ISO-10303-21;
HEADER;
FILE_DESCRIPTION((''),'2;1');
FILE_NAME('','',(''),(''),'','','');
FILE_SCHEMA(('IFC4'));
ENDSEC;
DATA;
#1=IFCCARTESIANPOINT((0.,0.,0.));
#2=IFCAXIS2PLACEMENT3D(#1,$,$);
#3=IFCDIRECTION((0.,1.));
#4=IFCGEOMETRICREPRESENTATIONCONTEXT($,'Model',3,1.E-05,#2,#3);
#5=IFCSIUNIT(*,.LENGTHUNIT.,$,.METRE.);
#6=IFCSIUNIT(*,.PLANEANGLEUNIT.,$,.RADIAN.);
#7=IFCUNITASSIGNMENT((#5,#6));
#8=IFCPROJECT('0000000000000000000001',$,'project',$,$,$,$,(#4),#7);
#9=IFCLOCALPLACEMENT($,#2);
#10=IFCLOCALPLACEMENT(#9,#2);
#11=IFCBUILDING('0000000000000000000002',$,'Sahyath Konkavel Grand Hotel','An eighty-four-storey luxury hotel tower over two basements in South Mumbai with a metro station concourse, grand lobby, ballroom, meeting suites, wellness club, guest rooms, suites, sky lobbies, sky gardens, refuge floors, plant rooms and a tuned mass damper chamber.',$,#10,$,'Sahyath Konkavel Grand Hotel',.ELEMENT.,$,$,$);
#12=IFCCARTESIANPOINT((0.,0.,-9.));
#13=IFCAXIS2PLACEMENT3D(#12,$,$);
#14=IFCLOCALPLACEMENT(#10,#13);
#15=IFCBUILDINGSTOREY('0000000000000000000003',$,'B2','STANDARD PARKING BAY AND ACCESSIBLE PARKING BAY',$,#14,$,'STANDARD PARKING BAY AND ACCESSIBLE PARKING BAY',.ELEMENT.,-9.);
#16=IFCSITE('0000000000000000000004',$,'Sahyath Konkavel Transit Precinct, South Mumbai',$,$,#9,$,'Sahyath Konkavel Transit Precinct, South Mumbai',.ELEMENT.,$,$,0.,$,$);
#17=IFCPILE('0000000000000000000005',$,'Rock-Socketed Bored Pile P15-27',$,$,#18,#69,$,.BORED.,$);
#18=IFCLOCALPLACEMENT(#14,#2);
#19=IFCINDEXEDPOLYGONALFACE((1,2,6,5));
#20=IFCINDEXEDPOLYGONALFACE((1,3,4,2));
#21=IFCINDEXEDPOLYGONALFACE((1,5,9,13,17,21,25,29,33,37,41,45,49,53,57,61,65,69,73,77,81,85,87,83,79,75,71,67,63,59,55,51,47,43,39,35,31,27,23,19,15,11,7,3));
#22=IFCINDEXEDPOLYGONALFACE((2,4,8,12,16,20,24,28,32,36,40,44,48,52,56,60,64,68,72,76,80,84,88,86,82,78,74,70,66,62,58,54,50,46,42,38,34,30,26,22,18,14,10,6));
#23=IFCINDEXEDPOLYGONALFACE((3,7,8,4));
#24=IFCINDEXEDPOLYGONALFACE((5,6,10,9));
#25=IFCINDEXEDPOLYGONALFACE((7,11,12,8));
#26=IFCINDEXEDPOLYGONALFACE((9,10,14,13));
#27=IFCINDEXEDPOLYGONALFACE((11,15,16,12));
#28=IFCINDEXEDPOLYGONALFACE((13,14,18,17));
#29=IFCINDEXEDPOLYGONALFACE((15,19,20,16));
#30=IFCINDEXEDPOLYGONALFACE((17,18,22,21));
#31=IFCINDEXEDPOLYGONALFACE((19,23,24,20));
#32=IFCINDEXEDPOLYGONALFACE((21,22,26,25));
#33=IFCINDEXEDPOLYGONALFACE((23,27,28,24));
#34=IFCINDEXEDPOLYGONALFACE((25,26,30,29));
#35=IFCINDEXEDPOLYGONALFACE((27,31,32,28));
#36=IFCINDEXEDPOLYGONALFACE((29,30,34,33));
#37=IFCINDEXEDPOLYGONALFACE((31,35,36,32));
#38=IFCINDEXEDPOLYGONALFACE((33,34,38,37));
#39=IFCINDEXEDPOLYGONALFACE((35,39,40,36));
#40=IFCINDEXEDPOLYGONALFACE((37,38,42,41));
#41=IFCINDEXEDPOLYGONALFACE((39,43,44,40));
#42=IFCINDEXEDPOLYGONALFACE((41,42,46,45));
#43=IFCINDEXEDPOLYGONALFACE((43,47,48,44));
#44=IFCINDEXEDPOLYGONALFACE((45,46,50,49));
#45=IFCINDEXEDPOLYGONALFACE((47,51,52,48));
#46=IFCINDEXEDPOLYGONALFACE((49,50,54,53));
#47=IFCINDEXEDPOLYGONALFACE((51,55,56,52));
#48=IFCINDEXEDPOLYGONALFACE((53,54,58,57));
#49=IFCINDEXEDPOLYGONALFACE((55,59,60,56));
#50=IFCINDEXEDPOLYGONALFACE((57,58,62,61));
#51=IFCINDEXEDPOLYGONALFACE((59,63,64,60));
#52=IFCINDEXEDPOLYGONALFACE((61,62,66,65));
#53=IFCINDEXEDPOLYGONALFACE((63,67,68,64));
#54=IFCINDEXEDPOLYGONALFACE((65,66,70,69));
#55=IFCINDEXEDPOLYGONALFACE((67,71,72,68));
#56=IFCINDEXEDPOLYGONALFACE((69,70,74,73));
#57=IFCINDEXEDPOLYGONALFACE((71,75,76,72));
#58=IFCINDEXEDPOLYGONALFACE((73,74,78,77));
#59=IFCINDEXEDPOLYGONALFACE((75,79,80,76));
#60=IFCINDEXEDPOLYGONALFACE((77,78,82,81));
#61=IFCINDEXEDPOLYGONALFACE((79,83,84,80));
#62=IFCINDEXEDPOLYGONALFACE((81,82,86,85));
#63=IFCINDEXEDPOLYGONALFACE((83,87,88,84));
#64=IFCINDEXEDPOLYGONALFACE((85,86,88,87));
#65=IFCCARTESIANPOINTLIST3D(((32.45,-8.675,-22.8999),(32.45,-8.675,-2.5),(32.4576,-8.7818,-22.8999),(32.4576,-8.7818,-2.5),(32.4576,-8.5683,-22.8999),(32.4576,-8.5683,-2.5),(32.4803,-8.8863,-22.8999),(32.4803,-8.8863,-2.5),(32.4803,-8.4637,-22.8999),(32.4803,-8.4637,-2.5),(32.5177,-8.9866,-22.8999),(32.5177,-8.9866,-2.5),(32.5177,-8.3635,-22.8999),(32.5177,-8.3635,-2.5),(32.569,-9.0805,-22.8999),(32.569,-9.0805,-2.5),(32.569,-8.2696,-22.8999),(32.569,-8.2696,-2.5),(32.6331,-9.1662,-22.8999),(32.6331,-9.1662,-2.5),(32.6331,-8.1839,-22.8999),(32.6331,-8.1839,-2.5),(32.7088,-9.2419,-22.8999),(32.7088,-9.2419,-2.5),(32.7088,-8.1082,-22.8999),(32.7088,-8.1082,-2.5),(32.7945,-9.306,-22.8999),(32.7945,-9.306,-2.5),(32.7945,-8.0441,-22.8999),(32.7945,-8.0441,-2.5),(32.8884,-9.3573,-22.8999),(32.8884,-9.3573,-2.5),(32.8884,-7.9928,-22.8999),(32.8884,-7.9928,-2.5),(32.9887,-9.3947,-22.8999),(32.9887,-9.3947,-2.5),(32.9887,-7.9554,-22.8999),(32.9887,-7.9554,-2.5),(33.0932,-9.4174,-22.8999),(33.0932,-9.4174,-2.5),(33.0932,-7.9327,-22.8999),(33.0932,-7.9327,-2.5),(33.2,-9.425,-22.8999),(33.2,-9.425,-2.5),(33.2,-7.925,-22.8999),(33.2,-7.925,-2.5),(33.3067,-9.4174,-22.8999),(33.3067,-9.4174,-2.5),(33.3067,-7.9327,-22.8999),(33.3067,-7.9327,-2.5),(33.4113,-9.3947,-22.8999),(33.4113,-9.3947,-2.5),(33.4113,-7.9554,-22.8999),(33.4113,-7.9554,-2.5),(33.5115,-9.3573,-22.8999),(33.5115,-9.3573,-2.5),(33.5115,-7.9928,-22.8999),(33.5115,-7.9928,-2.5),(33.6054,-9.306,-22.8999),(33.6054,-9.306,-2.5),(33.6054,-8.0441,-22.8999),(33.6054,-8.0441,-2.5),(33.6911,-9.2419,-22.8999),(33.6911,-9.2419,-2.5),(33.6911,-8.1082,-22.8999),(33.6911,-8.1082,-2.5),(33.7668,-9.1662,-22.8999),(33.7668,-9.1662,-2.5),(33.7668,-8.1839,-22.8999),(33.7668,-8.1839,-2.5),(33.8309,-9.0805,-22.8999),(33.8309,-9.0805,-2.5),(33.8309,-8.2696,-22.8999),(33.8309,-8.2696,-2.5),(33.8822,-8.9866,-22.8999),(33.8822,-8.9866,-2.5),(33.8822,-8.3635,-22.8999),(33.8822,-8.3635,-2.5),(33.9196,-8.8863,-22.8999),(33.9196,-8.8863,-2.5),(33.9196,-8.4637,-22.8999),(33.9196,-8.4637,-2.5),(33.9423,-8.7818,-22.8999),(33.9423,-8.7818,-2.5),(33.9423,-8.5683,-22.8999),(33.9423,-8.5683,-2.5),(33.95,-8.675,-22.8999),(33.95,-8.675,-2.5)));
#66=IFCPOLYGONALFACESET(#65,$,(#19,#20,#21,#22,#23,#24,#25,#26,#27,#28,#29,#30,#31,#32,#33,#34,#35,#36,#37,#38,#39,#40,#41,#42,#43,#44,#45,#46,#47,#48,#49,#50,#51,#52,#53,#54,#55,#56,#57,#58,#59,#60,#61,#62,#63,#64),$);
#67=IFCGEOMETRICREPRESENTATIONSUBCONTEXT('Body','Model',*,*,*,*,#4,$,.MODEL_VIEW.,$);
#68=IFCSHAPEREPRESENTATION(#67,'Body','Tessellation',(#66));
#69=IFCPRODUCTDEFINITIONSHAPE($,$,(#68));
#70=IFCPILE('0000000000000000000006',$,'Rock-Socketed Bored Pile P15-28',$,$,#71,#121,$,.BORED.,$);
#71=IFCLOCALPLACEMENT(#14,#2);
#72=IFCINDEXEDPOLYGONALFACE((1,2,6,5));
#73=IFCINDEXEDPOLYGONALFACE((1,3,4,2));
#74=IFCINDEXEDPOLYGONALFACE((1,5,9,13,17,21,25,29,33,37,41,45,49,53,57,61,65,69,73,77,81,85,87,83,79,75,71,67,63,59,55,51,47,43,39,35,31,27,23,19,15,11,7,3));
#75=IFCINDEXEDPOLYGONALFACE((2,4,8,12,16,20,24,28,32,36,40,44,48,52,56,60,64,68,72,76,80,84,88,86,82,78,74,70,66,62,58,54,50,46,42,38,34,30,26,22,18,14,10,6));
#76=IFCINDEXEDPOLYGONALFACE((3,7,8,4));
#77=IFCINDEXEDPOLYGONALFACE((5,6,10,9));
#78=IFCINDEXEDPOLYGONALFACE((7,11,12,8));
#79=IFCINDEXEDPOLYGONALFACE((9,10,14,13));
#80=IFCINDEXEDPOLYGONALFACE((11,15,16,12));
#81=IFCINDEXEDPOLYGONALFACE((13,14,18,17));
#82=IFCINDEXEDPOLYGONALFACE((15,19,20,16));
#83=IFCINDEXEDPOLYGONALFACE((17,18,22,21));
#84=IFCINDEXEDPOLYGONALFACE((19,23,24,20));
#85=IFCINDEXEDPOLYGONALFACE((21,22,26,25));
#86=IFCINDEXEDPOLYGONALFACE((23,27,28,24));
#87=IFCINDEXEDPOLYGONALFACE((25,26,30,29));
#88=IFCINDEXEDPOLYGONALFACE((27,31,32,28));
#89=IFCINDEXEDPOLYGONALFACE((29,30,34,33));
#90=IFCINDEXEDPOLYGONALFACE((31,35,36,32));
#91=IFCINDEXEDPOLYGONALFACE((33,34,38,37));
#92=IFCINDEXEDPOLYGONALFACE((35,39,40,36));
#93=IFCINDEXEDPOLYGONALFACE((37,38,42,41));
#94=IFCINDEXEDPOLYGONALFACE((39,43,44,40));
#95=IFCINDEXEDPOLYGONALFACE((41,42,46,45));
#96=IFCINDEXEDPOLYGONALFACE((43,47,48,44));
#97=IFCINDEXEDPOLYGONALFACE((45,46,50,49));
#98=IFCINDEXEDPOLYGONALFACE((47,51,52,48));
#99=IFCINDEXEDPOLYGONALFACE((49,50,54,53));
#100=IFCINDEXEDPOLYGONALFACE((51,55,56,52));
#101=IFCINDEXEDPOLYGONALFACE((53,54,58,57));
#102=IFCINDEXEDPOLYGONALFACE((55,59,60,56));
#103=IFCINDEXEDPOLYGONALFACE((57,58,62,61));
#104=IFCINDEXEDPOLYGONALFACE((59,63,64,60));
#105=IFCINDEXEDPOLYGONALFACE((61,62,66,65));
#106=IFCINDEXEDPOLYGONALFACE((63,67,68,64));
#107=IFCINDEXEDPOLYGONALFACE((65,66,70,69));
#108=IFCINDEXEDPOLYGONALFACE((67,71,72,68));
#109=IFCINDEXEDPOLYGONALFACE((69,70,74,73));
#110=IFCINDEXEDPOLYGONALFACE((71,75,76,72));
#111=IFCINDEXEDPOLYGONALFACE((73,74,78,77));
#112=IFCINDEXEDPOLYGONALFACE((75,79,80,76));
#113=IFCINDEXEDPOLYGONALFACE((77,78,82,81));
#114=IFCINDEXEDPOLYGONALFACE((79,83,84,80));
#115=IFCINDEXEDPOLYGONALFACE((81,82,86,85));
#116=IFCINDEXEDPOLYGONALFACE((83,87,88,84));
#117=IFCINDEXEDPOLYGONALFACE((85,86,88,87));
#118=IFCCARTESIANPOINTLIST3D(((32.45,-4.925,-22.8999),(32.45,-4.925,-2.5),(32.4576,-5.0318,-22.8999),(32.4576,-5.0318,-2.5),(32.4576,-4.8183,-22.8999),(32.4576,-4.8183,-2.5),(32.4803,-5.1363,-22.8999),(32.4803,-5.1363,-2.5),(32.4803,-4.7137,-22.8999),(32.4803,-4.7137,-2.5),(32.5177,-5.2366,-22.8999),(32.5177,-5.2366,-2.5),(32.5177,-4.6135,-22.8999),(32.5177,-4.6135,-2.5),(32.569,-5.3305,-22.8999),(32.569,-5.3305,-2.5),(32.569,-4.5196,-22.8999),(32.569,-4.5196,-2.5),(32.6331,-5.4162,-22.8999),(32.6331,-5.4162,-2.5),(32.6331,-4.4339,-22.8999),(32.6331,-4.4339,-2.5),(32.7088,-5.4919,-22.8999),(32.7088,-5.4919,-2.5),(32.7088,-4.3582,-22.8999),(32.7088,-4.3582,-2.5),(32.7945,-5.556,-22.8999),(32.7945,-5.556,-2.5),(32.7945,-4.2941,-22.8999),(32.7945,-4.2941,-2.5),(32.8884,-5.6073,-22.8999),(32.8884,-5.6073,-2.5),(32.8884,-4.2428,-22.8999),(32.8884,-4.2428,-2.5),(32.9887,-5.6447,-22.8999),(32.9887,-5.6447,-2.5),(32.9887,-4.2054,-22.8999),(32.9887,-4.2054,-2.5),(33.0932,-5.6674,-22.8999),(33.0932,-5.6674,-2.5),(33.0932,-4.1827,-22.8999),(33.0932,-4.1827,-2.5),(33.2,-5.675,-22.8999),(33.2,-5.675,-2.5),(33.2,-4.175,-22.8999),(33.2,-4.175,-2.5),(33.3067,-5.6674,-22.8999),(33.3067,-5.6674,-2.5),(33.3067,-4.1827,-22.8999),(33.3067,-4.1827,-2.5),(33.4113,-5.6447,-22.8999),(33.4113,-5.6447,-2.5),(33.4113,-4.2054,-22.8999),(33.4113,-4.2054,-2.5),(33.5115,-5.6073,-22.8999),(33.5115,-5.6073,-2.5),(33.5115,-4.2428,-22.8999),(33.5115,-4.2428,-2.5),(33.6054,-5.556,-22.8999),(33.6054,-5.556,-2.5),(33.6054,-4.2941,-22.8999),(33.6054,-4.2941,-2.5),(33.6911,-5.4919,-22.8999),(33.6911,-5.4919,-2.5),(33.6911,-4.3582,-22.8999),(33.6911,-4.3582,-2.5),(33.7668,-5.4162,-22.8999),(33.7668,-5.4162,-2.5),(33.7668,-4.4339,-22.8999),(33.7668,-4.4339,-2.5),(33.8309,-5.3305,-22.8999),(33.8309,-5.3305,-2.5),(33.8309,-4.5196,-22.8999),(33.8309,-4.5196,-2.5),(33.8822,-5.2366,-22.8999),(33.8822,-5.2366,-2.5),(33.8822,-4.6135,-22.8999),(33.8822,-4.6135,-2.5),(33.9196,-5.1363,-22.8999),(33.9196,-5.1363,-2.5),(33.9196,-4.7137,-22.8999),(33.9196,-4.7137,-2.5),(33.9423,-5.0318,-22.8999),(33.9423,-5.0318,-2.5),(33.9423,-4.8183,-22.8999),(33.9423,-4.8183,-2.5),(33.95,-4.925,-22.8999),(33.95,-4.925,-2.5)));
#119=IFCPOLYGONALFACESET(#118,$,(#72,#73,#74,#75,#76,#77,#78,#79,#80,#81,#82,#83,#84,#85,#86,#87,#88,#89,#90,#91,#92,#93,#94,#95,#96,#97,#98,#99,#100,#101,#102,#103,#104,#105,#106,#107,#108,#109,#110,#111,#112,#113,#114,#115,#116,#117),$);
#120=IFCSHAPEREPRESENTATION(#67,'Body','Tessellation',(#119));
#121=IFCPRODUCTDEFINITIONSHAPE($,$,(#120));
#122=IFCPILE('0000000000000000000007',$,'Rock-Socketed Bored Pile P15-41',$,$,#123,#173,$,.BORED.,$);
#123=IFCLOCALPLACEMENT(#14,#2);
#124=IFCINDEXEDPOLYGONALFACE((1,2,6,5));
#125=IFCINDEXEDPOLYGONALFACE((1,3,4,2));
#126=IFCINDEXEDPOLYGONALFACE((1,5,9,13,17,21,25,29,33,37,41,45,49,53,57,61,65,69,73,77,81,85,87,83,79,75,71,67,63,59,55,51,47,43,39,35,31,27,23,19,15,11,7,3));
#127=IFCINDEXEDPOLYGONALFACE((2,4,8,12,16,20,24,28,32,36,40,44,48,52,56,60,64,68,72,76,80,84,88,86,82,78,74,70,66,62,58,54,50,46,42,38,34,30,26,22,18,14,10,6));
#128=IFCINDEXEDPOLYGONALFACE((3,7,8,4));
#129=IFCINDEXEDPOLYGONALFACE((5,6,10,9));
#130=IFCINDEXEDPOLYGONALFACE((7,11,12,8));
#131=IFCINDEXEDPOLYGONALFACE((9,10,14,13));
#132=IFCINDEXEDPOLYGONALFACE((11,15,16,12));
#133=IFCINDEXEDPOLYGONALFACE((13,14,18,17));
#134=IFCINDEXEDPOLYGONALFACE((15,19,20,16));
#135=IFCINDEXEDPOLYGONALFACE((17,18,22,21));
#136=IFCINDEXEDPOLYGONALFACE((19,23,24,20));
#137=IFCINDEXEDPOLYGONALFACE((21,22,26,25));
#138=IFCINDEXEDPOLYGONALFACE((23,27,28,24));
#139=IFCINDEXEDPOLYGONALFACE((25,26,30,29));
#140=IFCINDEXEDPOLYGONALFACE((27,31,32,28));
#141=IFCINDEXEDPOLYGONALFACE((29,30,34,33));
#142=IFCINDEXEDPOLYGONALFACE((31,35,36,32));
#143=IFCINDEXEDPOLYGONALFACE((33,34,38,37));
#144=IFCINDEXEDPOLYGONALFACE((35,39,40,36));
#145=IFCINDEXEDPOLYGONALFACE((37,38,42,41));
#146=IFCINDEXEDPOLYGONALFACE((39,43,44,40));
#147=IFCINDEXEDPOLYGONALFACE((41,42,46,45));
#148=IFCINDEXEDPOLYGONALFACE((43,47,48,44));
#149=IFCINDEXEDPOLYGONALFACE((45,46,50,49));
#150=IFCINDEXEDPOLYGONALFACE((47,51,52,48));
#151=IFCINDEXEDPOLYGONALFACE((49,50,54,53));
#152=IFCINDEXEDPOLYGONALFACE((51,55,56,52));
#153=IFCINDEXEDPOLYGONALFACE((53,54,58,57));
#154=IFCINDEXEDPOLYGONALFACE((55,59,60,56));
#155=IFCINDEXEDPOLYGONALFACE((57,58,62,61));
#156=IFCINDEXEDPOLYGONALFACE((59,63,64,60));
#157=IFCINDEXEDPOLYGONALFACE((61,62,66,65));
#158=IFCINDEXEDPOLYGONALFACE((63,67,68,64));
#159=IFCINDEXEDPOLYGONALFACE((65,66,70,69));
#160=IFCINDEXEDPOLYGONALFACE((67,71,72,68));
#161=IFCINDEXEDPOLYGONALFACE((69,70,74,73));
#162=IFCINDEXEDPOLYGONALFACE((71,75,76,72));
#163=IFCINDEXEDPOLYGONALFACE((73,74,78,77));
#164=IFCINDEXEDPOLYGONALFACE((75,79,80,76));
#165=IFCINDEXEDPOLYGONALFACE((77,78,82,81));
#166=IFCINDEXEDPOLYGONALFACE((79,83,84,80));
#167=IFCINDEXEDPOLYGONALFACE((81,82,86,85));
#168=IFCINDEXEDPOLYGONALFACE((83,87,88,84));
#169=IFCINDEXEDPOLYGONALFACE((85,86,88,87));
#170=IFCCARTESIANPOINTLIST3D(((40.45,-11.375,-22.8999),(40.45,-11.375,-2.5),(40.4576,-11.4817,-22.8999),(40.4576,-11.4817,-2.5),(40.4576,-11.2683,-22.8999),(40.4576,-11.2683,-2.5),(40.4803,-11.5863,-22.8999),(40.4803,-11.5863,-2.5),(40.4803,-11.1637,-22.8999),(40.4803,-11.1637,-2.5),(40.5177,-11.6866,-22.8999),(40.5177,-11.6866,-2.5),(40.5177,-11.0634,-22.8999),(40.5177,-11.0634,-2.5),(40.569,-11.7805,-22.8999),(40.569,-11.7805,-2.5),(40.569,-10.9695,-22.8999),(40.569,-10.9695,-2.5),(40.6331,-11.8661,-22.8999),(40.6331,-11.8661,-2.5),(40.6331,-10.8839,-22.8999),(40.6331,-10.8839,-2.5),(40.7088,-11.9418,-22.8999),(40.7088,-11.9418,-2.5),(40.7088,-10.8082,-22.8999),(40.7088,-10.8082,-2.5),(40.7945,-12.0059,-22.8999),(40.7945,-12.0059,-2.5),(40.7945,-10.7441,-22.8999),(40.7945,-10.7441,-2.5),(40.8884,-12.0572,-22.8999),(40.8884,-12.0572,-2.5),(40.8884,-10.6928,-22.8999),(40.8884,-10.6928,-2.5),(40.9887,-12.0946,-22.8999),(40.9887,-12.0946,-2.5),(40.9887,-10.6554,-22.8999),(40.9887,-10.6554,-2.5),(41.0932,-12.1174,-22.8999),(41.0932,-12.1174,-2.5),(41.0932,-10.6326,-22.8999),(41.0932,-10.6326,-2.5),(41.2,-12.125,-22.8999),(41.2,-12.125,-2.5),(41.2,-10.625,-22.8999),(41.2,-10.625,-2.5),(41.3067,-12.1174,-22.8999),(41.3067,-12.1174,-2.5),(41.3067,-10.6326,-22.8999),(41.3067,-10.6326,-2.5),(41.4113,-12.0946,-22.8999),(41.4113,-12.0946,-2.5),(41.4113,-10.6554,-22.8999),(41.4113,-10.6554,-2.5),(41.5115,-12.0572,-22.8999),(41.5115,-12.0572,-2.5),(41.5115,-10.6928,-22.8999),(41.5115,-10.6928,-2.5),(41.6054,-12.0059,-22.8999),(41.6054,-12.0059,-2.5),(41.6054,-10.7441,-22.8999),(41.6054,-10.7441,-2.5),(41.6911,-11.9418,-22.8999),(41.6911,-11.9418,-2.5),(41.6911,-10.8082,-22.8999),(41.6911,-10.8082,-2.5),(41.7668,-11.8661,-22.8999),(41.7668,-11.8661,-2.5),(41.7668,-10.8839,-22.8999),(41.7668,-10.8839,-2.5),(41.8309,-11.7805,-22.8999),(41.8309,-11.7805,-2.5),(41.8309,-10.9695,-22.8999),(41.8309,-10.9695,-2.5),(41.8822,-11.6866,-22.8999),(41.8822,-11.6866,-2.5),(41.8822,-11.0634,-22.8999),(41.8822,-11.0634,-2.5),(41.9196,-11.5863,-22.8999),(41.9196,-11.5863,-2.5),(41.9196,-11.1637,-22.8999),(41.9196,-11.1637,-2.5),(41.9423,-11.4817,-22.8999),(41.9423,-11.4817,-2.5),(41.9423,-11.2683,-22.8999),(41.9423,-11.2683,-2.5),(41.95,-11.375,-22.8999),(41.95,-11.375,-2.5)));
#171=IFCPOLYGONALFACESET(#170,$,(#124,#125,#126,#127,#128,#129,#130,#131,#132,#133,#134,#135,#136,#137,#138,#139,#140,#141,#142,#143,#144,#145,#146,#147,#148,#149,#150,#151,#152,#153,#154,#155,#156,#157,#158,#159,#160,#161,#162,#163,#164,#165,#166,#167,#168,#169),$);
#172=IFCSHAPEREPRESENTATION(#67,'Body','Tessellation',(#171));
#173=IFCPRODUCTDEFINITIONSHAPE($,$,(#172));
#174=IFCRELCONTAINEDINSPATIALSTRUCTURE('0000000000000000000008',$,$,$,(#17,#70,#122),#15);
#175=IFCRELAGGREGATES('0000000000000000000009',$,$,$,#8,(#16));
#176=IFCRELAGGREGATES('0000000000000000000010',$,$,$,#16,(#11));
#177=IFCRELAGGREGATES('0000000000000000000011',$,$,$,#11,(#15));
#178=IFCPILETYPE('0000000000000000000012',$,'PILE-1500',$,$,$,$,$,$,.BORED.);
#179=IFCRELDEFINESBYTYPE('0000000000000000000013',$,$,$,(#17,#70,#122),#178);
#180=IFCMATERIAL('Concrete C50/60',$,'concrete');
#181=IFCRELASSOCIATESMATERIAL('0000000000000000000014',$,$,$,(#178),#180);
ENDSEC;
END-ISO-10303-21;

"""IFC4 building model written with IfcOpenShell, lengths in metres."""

from ifc_helpers import new_model, si_unit, direction, frame, origin, origin_2d, place, context, subcontext, project, spatial, circle, extrude, material, material_profile, profile_set, type_object, element, save


model = new_model("IFC4")

# Units and contexts
model_context = context("Model", 3, precision=1e-05, world=origin(), true_north=direction((0.0, 1.0)))
body_context = subcontext(model_context, "Body", "Model", "MODEL_VIEW")
ifc_project = project(units=[si_unit("LENGTHUNIT", "METRE"), si_unit("PLANEANGLEUNIT", "RADIAN")], contexts=[model_context])

# Site, building, storey
site_placement = place(None, origin())
site = spatial("IfcSite", under=ifc_project, at=site_placement, Name="Sahyath Konkavel Transit Precinct, South Mumbai", LongName="Sahyath Konkavel Transit Precinct, South Mumbai", CompositionType="ELEMENT", RefElevation=0.0)
building_placement = place(site_placement, origin())
building = spatial("IfcBuilding", under=site, at=building_placement, Name="Sahyath Konkavel Grand Hotel", Description="An eighty-four-storey luxury hotel tower over two basements in South Mumbai with a metro station concourse, grand lobby, ballroom, meeting suites, wellness club, guest rooms, suites, sky lobbies, sky gardens, refuge floors, plant rooms and a tuned mass damper chamber.", LongName="Sahyath Konkavel Grand Hotel", CompositionType="ELEMENT")
storey_placement = place(building_placement, frame((0.0, 0.0, -9.0)))
storey = spatial("IfcBuildingStorey", under=building, at=storey_placement, Name="B2", Description="STANDARD PARKING BAY AND ACCESSIBLE PARKING BAY", LongName="STANDARD PARKING BAY AND ACCESSIBLE PARKING BAY", CompositionType="ELEMENT", Elevation=-9.0)

# Piles
ifc_material_1 = material(Name="Concrete C50/60", Category="concrete")
ifc_material_profile_1 = material_profile(ifc_material_1, circle(Radius=0.75, at=origin_2d()), Name="PILE D1500")
ifc_profile_set_1 = profile_set([ifc_material_profile_1], Name="Concrete C50/60")
pile_type = type_object("IfcPileType", Name="PILE-1500", PredefinedType="BORED", material=ifc_profile_set_1)
for number, where, z_axis, x_axis, name in (
    (1, (33.2, -8.675, -2.5), (0.0, 0.0, -1.0), (1.0, 0.0, 0.0), "Rock-Socketed Bored Pile P15-27"),
    (2, (33.2, -4.925, -2.5), (0.0, 0.0, -1.0), (1.0, 0.0, 0.0), "Rock-Socketed Bored Pile P15-28"),
    (3, (41.2, -11.375, -2.5), (0.0, 0.0, -1.0), (1.0, 0.0, 0.0), "Rock-Socketed Bored Pile P15-41"),
):
    element("IfcPile", number, at=place(storey_placement, frame(where, z_axis=z_axis, x_axis=x_axis)), inside=storey, type_object=pile_type, Name=name, PredefinedType="BORED", context=body_context, shape_type="SweptSolid", body=[
        extrude(circle(Radius=0.75, at=origin_2d()), origin(), (0.0, 0.0, 1.0), 20.3999),
    ])

save(model, "model.ifc")
